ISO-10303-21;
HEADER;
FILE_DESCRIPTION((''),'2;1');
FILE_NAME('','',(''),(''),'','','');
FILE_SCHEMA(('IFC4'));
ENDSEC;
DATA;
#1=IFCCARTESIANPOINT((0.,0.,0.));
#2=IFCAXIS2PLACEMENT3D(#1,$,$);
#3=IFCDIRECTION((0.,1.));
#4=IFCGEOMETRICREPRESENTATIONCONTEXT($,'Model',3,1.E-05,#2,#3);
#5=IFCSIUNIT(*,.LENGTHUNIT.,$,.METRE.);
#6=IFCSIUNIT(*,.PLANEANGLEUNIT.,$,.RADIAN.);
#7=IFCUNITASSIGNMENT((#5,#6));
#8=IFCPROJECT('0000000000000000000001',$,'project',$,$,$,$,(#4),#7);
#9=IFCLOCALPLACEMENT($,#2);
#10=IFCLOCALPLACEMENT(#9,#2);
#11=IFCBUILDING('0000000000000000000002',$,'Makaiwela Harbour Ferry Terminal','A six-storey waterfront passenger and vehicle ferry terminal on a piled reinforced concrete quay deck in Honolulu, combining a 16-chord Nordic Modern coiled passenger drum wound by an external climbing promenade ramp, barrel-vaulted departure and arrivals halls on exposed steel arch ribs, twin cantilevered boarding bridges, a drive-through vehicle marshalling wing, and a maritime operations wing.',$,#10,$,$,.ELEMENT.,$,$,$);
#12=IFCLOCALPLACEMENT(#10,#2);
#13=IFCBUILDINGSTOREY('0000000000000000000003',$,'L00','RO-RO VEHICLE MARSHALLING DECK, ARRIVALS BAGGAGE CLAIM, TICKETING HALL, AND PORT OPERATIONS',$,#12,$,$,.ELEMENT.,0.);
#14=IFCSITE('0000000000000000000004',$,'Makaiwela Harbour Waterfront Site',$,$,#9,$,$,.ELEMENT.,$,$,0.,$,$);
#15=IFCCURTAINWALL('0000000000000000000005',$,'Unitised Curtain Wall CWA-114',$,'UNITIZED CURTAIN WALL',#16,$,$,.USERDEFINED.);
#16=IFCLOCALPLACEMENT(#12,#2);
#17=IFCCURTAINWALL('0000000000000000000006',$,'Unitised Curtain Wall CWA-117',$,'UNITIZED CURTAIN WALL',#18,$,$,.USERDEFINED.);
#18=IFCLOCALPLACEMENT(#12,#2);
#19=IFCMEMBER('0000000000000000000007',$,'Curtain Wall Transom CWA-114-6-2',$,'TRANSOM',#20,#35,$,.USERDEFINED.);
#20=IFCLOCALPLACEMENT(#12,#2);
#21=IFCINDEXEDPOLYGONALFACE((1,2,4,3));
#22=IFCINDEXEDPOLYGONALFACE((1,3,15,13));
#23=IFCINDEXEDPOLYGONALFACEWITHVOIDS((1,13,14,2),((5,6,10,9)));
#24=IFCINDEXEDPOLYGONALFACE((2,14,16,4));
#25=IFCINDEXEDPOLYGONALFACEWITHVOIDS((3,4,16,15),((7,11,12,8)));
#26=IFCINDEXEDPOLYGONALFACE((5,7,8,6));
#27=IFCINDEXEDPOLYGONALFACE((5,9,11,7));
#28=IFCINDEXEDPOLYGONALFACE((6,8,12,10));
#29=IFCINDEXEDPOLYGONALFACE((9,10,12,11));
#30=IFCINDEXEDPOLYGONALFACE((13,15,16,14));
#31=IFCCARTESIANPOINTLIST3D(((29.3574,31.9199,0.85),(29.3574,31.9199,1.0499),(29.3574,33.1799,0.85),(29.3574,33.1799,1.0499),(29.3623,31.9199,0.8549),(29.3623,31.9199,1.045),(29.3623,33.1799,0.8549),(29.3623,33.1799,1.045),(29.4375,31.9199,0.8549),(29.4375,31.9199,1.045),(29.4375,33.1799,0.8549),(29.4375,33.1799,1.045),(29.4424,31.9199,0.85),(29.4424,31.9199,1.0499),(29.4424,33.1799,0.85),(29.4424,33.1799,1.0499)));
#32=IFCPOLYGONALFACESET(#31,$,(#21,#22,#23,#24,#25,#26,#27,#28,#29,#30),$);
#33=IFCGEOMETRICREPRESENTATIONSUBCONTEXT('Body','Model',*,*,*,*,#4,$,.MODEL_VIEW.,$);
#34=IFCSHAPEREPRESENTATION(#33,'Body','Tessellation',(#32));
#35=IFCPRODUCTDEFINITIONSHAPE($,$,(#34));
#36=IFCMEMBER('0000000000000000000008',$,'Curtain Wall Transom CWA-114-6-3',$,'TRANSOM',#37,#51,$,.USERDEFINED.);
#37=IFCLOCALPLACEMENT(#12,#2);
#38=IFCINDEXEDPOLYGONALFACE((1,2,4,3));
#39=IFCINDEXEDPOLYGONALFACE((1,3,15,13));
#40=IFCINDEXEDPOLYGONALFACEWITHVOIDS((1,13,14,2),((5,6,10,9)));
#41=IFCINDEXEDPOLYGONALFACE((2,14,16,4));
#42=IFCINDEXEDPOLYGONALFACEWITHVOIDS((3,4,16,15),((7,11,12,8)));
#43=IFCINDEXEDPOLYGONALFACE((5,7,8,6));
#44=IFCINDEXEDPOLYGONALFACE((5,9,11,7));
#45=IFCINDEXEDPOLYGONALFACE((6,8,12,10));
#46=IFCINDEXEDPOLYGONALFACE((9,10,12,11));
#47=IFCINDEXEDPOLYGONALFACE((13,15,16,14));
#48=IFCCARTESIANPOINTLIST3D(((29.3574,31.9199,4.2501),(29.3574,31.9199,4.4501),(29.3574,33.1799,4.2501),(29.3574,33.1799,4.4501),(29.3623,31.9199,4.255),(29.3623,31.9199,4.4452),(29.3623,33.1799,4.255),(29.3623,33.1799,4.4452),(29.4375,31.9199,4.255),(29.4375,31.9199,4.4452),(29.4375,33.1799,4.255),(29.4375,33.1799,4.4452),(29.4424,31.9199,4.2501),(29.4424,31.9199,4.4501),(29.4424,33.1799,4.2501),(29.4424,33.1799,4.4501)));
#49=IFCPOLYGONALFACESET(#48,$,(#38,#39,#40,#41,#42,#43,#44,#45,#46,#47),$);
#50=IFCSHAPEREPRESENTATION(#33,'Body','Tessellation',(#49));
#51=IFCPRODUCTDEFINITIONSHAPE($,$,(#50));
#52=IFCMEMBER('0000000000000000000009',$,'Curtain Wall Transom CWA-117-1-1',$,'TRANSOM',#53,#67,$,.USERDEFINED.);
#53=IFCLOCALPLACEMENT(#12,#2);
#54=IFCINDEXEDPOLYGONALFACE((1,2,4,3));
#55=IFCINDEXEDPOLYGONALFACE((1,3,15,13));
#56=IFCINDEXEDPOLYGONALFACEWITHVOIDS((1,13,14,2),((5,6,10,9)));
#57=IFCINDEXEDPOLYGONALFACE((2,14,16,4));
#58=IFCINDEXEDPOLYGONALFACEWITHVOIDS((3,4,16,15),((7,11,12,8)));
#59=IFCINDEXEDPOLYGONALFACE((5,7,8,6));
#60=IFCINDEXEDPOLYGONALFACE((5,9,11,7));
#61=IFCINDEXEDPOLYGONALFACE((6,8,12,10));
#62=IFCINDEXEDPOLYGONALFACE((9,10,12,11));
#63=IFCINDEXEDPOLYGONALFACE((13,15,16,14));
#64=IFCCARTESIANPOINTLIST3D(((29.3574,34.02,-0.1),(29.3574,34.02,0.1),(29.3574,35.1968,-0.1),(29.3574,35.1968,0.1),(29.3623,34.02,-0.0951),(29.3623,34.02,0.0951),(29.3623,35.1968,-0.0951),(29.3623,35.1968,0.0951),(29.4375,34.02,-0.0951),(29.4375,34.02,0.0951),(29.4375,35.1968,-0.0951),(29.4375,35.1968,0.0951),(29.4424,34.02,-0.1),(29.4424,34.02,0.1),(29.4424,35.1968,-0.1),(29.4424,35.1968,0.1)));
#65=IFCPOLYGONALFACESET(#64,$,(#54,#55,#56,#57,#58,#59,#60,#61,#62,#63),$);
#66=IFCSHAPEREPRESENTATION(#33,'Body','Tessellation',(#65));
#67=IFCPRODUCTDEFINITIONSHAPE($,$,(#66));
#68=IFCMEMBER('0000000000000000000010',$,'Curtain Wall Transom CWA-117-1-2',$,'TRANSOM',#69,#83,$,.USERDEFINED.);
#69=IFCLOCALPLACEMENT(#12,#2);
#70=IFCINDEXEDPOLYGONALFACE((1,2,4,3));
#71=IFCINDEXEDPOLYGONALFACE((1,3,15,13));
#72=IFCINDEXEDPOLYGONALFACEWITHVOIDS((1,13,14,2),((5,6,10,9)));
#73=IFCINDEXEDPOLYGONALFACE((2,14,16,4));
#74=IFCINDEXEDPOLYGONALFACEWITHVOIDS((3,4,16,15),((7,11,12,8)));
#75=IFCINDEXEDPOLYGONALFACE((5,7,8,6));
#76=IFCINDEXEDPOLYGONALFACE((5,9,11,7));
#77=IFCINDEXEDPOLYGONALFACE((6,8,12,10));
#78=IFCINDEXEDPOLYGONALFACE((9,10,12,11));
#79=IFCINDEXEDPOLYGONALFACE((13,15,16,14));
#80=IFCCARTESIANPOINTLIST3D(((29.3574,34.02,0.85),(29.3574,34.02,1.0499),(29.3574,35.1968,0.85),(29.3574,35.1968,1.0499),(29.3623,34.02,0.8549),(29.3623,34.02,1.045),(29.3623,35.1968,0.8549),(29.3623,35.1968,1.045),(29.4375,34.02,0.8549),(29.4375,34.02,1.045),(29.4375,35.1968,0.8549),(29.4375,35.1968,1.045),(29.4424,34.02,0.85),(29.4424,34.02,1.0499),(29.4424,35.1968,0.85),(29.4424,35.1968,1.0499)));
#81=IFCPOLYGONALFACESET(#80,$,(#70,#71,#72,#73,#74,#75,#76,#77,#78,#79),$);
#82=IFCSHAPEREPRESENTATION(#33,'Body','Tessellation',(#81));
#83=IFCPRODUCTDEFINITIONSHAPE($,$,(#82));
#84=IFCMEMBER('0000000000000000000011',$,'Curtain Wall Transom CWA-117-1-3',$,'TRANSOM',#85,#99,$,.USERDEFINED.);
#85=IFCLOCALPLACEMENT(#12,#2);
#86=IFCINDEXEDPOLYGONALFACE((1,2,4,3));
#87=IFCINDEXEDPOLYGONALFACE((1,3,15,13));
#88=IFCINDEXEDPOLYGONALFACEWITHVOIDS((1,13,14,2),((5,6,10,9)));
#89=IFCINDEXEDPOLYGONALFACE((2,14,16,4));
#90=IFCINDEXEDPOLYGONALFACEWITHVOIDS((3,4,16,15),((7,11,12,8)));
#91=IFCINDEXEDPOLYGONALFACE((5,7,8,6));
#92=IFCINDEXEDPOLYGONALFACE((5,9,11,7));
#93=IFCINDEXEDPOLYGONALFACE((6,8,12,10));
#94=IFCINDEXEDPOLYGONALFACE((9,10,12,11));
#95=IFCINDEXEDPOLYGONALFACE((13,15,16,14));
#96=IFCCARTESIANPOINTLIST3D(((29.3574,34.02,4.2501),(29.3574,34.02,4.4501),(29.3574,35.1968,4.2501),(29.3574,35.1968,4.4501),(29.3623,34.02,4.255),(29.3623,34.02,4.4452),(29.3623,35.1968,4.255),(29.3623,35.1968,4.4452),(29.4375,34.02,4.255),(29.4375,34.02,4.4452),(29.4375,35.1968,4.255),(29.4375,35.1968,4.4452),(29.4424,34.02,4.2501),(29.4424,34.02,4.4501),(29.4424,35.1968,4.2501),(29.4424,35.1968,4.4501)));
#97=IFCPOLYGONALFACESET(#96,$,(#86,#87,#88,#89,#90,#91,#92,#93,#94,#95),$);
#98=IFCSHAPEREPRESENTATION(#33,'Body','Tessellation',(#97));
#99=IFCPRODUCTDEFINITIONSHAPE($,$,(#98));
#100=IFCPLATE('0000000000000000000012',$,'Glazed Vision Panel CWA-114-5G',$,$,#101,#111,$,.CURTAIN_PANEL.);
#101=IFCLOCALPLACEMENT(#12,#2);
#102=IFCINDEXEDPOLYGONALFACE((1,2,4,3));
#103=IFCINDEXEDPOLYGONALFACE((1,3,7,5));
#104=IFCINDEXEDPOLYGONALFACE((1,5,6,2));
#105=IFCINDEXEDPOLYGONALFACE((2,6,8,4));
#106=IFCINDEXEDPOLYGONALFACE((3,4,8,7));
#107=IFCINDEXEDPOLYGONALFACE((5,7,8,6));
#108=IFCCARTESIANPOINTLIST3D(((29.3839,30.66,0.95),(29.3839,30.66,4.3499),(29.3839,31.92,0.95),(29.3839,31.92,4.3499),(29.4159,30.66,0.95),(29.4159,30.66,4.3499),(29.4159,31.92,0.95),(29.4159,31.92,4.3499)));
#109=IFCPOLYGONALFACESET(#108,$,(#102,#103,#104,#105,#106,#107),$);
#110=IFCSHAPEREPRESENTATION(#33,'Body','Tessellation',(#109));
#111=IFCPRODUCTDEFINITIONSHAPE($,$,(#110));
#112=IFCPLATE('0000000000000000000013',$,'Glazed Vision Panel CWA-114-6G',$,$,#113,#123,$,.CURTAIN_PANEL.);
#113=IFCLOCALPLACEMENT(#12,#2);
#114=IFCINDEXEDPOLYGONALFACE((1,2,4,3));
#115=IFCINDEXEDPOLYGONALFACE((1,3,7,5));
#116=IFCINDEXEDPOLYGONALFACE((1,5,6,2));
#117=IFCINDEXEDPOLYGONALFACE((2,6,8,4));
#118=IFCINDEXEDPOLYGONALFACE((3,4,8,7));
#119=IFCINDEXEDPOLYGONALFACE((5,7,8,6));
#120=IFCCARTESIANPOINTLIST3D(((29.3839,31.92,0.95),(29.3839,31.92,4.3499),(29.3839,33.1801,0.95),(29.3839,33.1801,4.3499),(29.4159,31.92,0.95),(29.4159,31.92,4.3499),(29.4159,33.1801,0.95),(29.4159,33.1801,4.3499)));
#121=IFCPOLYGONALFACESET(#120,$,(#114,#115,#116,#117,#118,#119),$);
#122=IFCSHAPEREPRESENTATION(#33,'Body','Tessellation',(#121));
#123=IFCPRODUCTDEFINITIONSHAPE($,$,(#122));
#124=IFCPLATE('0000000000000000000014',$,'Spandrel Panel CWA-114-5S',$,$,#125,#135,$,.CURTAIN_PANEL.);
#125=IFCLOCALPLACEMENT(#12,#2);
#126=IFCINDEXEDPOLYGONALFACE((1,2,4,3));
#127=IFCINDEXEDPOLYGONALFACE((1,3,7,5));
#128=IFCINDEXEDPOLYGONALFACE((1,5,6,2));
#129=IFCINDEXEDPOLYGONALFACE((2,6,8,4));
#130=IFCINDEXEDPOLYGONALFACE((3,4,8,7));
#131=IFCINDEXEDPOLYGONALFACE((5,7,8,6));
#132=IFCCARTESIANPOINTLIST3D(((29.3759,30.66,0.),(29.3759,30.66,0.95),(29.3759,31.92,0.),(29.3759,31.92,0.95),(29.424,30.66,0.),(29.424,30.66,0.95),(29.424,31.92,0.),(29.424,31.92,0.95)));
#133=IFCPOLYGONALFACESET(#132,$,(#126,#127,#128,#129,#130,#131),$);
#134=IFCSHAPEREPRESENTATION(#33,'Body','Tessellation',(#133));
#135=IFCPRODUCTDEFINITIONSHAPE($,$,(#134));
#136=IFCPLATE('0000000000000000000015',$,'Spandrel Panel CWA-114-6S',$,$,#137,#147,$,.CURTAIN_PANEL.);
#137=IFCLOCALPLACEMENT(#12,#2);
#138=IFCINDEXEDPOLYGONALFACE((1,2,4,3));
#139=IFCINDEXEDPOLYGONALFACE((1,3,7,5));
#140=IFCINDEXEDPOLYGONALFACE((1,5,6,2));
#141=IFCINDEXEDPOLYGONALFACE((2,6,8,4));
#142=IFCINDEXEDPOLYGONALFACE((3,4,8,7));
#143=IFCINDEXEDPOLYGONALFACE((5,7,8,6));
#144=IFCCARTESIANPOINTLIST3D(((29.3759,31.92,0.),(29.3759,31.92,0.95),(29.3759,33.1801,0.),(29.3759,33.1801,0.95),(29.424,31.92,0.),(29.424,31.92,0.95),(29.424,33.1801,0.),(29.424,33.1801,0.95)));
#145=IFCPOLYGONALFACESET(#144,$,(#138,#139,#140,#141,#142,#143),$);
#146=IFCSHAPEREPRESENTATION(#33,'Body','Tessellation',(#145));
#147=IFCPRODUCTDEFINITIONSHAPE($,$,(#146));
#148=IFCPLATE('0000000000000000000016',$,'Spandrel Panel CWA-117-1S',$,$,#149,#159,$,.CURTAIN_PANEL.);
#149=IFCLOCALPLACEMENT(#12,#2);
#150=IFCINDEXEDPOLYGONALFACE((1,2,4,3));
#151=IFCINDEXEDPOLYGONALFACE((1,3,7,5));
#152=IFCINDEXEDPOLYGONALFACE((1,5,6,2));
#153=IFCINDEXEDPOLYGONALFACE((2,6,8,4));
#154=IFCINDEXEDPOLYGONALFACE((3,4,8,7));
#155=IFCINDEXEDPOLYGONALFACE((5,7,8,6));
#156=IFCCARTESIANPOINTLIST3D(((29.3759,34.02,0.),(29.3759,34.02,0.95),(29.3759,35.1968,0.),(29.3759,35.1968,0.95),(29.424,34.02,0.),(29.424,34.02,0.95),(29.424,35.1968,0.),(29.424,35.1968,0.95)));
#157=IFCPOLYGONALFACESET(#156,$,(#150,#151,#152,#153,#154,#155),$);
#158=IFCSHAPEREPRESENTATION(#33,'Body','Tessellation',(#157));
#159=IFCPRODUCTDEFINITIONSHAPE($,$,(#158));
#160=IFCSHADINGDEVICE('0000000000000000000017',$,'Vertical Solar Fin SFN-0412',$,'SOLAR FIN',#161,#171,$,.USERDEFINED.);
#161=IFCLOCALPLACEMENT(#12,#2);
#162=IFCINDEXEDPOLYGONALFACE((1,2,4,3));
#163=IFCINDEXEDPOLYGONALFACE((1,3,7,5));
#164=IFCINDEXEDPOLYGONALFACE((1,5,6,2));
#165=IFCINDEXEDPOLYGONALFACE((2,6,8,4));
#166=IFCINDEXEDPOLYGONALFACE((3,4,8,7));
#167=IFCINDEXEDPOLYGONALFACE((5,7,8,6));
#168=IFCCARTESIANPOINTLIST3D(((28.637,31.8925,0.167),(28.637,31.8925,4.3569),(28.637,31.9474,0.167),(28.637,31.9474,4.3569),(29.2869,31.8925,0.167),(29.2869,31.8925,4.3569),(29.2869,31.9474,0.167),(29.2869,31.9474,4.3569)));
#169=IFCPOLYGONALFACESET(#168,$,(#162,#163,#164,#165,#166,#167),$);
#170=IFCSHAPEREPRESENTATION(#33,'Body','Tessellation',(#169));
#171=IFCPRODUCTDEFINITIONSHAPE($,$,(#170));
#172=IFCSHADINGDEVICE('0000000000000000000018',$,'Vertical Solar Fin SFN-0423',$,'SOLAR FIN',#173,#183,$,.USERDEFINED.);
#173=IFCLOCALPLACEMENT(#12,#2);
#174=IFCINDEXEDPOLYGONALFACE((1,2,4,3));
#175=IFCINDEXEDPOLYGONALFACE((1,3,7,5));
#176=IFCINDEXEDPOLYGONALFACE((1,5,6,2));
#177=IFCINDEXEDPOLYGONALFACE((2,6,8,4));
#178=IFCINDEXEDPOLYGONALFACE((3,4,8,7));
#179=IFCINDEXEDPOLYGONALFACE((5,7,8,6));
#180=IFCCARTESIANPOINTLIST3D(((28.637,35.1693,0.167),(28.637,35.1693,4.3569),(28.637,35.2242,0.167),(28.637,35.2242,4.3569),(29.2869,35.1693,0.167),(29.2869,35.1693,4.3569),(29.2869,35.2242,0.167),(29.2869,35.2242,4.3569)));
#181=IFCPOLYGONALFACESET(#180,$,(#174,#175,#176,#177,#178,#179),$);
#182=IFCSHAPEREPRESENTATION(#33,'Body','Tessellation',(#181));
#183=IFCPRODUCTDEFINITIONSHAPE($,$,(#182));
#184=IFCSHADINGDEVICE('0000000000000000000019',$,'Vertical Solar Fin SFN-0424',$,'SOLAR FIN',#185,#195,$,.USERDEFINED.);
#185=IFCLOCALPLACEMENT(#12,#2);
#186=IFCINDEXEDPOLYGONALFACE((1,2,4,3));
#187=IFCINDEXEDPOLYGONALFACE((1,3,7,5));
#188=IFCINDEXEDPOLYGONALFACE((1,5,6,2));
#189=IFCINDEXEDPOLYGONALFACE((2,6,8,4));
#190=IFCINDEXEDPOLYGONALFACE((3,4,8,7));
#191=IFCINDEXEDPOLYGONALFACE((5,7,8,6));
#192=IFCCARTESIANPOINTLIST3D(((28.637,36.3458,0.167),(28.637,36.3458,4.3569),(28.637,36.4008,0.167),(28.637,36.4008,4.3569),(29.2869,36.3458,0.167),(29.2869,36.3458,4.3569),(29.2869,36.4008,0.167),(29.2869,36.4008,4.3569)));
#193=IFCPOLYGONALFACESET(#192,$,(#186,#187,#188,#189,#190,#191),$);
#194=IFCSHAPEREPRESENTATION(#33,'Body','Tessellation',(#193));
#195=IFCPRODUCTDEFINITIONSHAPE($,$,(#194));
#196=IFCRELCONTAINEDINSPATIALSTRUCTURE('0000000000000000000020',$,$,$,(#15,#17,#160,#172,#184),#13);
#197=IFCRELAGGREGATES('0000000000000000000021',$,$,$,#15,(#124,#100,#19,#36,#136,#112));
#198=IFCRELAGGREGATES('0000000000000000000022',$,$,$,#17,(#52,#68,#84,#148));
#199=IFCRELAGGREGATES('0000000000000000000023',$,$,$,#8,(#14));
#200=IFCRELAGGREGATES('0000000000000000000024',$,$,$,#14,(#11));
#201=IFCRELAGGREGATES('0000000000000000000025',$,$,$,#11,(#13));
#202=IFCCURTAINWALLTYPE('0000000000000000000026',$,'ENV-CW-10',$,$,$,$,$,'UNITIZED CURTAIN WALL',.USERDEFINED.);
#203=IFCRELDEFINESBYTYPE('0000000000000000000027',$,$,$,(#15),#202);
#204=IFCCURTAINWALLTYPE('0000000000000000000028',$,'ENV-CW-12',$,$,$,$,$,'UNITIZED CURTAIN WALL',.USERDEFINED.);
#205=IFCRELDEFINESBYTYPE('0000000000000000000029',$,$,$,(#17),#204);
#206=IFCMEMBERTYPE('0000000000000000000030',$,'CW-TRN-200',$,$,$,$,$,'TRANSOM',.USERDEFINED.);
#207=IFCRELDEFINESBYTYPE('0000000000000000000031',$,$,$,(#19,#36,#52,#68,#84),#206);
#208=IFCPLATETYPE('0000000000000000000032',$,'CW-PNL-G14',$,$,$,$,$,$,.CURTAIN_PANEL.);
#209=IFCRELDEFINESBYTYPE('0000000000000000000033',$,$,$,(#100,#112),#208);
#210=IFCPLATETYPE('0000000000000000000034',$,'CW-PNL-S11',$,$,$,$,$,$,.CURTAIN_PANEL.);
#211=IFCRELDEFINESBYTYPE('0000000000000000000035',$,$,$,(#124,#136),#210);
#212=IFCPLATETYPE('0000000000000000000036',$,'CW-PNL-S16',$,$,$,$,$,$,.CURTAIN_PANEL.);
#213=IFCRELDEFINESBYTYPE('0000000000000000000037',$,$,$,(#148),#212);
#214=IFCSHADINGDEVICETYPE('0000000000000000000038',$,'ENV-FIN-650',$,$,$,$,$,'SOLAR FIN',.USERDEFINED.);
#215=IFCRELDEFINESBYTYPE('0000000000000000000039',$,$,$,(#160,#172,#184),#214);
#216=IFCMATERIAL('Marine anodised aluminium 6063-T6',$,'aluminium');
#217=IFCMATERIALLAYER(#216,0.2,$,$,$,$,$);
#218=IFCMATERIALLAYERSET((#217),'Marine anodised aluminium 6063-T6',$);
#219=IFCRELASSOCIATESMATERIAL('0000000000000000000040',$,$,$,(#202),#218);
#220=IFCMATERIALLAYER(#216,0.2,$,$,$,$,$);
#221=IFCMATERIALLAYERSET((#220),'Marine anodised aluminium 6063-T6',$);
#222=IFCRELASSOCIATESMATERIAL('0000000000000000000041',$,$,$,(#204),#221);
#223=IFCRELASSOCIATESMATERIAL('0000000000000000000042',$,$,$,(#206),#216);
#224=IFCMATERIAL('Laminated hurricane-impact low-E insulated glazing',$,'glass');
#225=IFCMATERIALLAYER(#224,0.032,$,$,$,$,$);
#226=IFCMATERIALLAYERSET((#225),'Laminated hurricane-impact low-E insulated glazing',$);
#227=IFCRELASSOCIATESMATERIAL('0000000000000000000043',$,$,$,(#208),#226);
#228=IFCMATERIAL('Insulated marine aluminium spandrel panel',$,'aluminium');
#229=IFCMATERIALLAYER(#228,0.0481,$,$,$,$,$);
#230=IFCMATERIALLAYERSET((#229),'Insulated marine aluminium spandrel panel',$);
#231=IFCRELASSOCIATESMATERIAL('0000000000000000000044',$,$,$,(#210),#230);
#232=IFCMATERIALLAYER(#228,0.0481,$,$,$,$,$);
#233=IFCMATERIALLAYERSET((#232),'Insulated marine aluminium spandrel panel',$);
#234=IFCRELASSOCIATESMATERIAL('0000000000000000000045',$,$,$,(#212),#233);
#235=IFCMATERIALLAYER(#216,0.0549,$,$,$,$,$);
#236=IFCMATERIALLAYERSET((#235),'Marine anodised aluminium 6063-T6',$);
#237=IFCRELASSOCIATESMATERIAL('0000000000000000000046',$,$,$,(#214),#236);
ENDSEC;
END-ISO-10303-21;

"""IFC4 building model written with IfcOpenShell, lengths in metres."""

from ifc_helpers import new_model, si_unit, direction, frame, origin, origin_2d, place, context, subcontext, project, spatial, rectangle, hollow_rectangle, extrude, material, layer, layer_set, material_profile, profile_set, type_object, element, aggregate, save


model = new_model("IFC4")

# Units and contexts
model_context = context("Model", 3, precision=1e-05, world=origin(), true_north=direction((0.0, 1.0)))
body_context = subcontext(model_context, "Body", "Model", "MODEL_VIEW")
ifc_project = project(units=[si_unit("LENGTHUNIT", "METRE"), si_unit("PLANEANGLEUNIT", "RADIAN")], contexts=[model_context])

# Site, building, storey
site_placement = place(None, origin())
site = spatial("IfcSite", under=ifc_project, at=site_placement, Name="Makaiwela Harbour Waterfront Site", CompositionType="ELEMENT", RefElevation=0.0)
building_placement = place(site_placement, origin())
building = spatial("IfcBuilding", under=site, at=building_placement, Name="Makaiwela Harbour Ferry Terminal", Description="A six-storey waterfront passenger and vehicle ferry terminal on a piled reinforced concrete quay deck in Honolulu, combining a 16-chord Nordic Modern coiled passenger drum wound by an external climbing promenade ramp, barrel-vaulted departure and arrivals halls on exposed steel arch ribs, twin cantilevered boarding bridges, a drive-through vehicle marshalling wing, and a maritime operations wing.", CompositionType="ELEMENT")
storey_placement = place(building_placement, origin())
storey = spatial("IfcBuildingStorey", under=building, at=storey_placement, Name="L00", Description="RO-RO VEHICLE MARSHALLING DECK, ARRIVALS BAGGAGE CLAIM, TICKETING HALL, AND PORT OPERATIONS", CompositionType="ELEMENT", Elevation=0.0)

# Curtain wall
ifc_material_1 = material(Name="Marine anodised aluminium 6063-T6", Category="aluminium")
ifc_layer_1 = layer(ifc_material_1, 0.2)
ifc_layer_set_1 = layer_set([ifc_layer_1], Name="Marine anodised aluminium 6063-T6")
curtain_wall_type_1 = type_object("IfcCurtainWallType", Name="ENV-CW-10", ElementType="UNITIZED CURTAIN WALL", PredefinedType="USERDEFINED", material=ifc_layer_set_1)
curtain_wall_1_placement = place(storey_placement, origin())
curtain_wall_1 = element("IfcCurtainWall", 1, at=curtain_wall_1_placement, inside=storey, type_object=curtain_wall_type_1, Name="Unitised Curtain Wall CWA-114", ObjectType="UNITIZED CURTAIN WALL", PredefinedType="USERDEFINED")

# Curtain wall
ifc_layer_2 = layer(ifc_material_1, 0.2)
ifc_layer_set_2 = layer_set([ifc_layer_2], Name="Marine anodised aluminium 6063-T6")
curtain_wall_type_2 = type_object("IfcCurtainWallType", Name="ENV-CW-12", ElementType="UNITIZED CURTAIN WALL", PredefinedType="USERDEFINED", material=ifc_layer_set_2)
curtain_wall_2_placement = place(storey_placement, origin())
curtain_wall_2 = element("IfcCurtainWall", 2, at=curtain_wall_2_placement, inside=storey, type_object=curtain_wall_type_2, Name="Unitised Curtain Wall CWA-117", ObjectType="UNITIZED CURTAIN WALL", PredefinedType="USERDEFINED")

# Members
ifc_material_profile_1 = material_profile(ifc_material_1, hollow_rectangle(XDim=0.085, YDim=0.2, WallThickness=0.0049, at=origin_2d()), Name="CWT-200X85")
ifc_profile_set_1 = profile_set([ifc_material_profile_1], Name="Marine anodised aluminium 6063-T6")
member_type_1 = type_object("IfcMemberType", Name="CW-TRN-200", ElementType="TRANSOM", PredefinedType="USERDEFINED", material=ifc_profile_set_1)
member_1_placement = place(storey_placement, frame((29.3999, 31.9199, 0.95), z_axis=(0.0, 1.0, 0.0), x_axis=(-1.0, 0.0, 0.0)))
member_1 = element("IfcMember", 3, at=member_1_placement, type_object=member_type_1, Name="Curtain Wall Transom CWA-114-6-2", ObjectType="TRANSOM", PredefinedType="USERDEFINED", context=body_context, shape_type="SweptSolid", body=[
    extrude(hollow_rectangle(XDim=0.085, YDim=0.2, WallThickness=0.0049, at=origin_2d()), origin(), (0.0, 0.0, 1.0), 1.26),
])
member_2_placement = place(storey_placement, frame((29.3999, 31.9199, 4.3501), z_axis=(0.0, 1.0, 0.0), x_axis=(-1.0, 0.0, 0.0)))
member_2 = element("IfcMember", 4, at=member_2_placement, type_object=member_type_1, Name="Curtain Wall Transom CWA-114-6-3", ObjectType="TRANSOM", PredefinedType="USERDEFINED", context=body_context, shape_type="SweptSolid", body=[
    extrude(hollow_rectangle(XDim=0.085, YDim=0.2, WallThickness=0.0049, at=origin_2d()), origin(), (0.0, 0.0, 1.0), 1.26),
])
member_3_placement = place(storey_placement, frame((29.3999, 34.02, 0.0), z_axis=(0.0, 1.0, 0.0), x_axis=(-1.0, 0.0, 0.0)))
member_3 = element("IfcMember", 5, at=member_3_placement, type_object=member_type_1, Name="Curtain Wall Transom CWA-117-1-1", ObjectType="TRANSOM", PredefinedType="USERDEFINED", context=body_context, shape_type="SweptSolid", body=[
    extrude(hollow_rectangle(XDim=0.085, YDim=0.2, WallThickness=0.0049, at=origin_2d()), origin(), (0.0, 0.0, 1.0), 1.1768),
])
member_4_placement = place(storey_placement, frame((29.3999, 34.02, 0.95), z_axis=(0.0, 1.0, 0.0), x_axis=(-1.0, 0.0, 0.0)))
member_4 = element("IfcMember", 6, at=member_4_placement, type_object=member_type_1, Name="Curtain Wall Transom CWA-117-1-2", ObjectType="TRANSOM", PredefinedType="USERDEFINED", context=body_context, shape_type="SweptSolid", body=[
    extrude(hollow_rectangle(XDim=0.085, YDim=0.2, WallThickness=0.0049, at=origin_2d()), origin(), (0.0, 0.0, 1.0), 1.1768),
])
member_5_placement = place(storey_placement, frame((29.3999, 34.02, 4.3501), z_axis=(0.0, 1.0, 0.0), x_axis=(-1.0, 0.0, 0.0)))
member_5 = element("IfcMember", 7, at=member_5_placement, type_object=member_type_1, Name="Curtain Wall Transom CWA-117-1-3", ObjectType="TRANSOM", PredefinedType="USERDEFINED", context=body_context, shape_type="SweptSolid", body=[
    extrude(hollow_rectangle(XDim=0.085, YDim=0.2, WallThickness=0.0049, at=origin_2d()), origin(), (0.0, 0.0, 1.0), 1.1768),
])

# Plates
ifc_material_2 = material(Name="Laminated hurricane-impact low-E insulated glazing", Category="glass")
ifc_layer_3 = layer(ifc_material_2, 0.032)
ifc_layer_set_3 = layer_set([ifc_layer_3], Name="Laminated hurricane-impact low-E insulated glazing")
plate_type_1 = type_object("IfcPlateType", Name="CW-PNL-G14", PredefinedType="CURTAIN_PANEL", material=ifc_layer_set_3)
plate_1_placement = place(storey_placement, frame((29.3999, 31.29, 0.95), z_axis=(0.0, 0.0, 1.0), x_axis=(0.0, 1.0, 0.0)))
plate_1 = element("IfcPlate", 8, at=plate_1_placement, type_object=plate_type_1, Name="Glazed Vision Panel CWA-114-5G", PredefinedType="CURTAIN_PANEL", context=body_context, shape_type="SweptSolid", body=[
    extrude(rectangle(XDim=1.26, YDim=0.032, at=origin_2d()), origin(), (0.0, 0.0, 1.0), 3.3999),
])
plate_2_placement = place(storey_placement, frame((29.3999, 32.55, 0.95), z_axis=(0.0, 0.0, 1.0), x_axis=(0.0, 1.0, 0.0)))
plate_2 = element("IfcPlate", 9, at=plate_2_placement, type_object=plate_type_1, Name="Glazed Vision Panel CWA-114-6G", PredefinedType="CURTAIN_PANEL", context=body_context, shape_type="SweptSolid", body=[
    extrude(rectangle(XDim=1.26, YDim=0.032, at=origin_2d()), origin(), (0.0, 0.0, 1.0), 3.3999),
])
ifc_material_3 = material(Name="Insulated marine aluminium spandrel panel", Category="aluminium")
ifc_layer_4 = layer(ifc_material_3, 0.0481)
ifc_layer_set_4 = layer_set([ifc_layer_4], Name="Insulated marine aluminium spandrel panel")
plate_type_2 = type_object("IfcPlateType", Name="CW-PNL-S11", PredefinedType="CURTAIN_PANEL", material=ifc_layer_set_4)
plate_3_placement = place(storey_placement, frame((29.3999, 31.29, 0.0), z_axis=(0.0, 0.0, 1.0), x_axis=(0.0, 1.0, 0.0)))
plate_3 = element("IfcPlate", 10, at=plate_3_placement, type_object=plate_type_2, Name="Spandrel Panel CWA-114-5S", PredefinedType="CURTAIN_PANEL", context=body_context, shape_type="SweptSolid", body=[
    extrude(rectangle(XDim=1.26, YDim=0.0481, at=origin_2d()), origin(), (0.0, 0.0, 1.0), 0.95),
])
plate_4_placement = place(storey_placement, frame((29.3999, 32.55, 0.0), z_axis=(0.0, 0.0, 1.0), x_axis=(0.0, 1.0, 0.0)))
plate_4 = element("IfcPlate", 11, at=plate_4_placement, type_object=plate_type_2, Name="Spandrel Panel CWA-114-6S", PredefinedType="CURTAIN_PANEL", context=body_context, shape_type="SweptSolid", body=[
    extrude(rectangle(XDim=1.26, YDim=0.0481, at=origin_2d()), origin(), (0.0, 0.0, 1.0), 0.95),
])
aggregate(curtain_wall_1, [plate_3, plate_1, member_1, member_2, plate_4, plate_2])
ifc_layer_5 = layer(ifc_material_3, 0.0481)
ifc_layer_set_5 = layer_set([ifc_layer_5], Name="Insulated marine aluminium spandrel panel")
plate_type_3 = type_object("IfcPlateType", Name="CW-PNL-S16", PredefinedType="CURTAIN_PANEL", material=ifc_layer_set_5)
plate_5_placement = place(storey_placement, frame((29.3999, 34.6084, 0.0), z_axis=(0.0, 0.0, 1.0), x_axis=(0.0, 1.0, 0.0)))
plate_5 = element("IfcPlate", 12, at=plate_5_placement, type_object=plate_type_3, Name="Spandrel Panel CWA-117-1S", PredefinedType="CURTAIN_PANEL", context=body_context, shape_type="SweptSolid", body=[
    extrude(rectangle(XDim=1.1768, YDim=0.0481, at=origin_2d()), origin(), (0.0, 0.0, 1.0), 0.95),
])
aggregate(curtain_wall_2, [member_3, member_4, member_5, plate_5])

# Shading devices
ifc_layer_6 = layer(ifc_material_1, 0.0549)
ifc_layer_set_6 = layer_set([ifc_layer_6], Name="Marine anodised aluminium 6063-T6")
shading_device_type = type_object("IfcShadingDeviceType", Name="ENV-FIN-650", ElementType="SOLAR FIN", PredefinedType="USERDEFINED", material=ifc_layer_set_6)
for number, where, z_axis, x_axis, name in (
    (13, (28.9619, 31.9199, 0.167), (0.0, 0.0, 1.0), (-1.0, 0.0, 0.0), "Vertical Solar Fin SFN-0412"),
    (14, (28.9619, 35.1968, 0.167), (0.0, 0.0, 1.0), (-1.0, 0.0, 0.0), "Vertical Solar Fin SFN-0423"),
    (15, (28.9619, 36.3733, 0.167), (0.0, 0.0, 1.0), (-1.0, 0.0, 0.0), "Vertical Solar Fin SFN-0424"),
):
    element("IfcShadingDevice", number, at=place(storey_placement, frame(where, z_axis=z_axis, x_axis=x_axis)), inside=storey, type_object=shading_device_type, Name=name, ObjectType="SOLAR FIN", PredefinedType="USERDEFINED", context=body_context, shape_type="SweptSolid", body=[
        extrude(rectangle(XDim=0.6499, YDim=0.0549, at=origin_2d()), origin(), (0.0, 0.0, 1.0), 4.1899),
    ])

save(model, "model.ifc")
